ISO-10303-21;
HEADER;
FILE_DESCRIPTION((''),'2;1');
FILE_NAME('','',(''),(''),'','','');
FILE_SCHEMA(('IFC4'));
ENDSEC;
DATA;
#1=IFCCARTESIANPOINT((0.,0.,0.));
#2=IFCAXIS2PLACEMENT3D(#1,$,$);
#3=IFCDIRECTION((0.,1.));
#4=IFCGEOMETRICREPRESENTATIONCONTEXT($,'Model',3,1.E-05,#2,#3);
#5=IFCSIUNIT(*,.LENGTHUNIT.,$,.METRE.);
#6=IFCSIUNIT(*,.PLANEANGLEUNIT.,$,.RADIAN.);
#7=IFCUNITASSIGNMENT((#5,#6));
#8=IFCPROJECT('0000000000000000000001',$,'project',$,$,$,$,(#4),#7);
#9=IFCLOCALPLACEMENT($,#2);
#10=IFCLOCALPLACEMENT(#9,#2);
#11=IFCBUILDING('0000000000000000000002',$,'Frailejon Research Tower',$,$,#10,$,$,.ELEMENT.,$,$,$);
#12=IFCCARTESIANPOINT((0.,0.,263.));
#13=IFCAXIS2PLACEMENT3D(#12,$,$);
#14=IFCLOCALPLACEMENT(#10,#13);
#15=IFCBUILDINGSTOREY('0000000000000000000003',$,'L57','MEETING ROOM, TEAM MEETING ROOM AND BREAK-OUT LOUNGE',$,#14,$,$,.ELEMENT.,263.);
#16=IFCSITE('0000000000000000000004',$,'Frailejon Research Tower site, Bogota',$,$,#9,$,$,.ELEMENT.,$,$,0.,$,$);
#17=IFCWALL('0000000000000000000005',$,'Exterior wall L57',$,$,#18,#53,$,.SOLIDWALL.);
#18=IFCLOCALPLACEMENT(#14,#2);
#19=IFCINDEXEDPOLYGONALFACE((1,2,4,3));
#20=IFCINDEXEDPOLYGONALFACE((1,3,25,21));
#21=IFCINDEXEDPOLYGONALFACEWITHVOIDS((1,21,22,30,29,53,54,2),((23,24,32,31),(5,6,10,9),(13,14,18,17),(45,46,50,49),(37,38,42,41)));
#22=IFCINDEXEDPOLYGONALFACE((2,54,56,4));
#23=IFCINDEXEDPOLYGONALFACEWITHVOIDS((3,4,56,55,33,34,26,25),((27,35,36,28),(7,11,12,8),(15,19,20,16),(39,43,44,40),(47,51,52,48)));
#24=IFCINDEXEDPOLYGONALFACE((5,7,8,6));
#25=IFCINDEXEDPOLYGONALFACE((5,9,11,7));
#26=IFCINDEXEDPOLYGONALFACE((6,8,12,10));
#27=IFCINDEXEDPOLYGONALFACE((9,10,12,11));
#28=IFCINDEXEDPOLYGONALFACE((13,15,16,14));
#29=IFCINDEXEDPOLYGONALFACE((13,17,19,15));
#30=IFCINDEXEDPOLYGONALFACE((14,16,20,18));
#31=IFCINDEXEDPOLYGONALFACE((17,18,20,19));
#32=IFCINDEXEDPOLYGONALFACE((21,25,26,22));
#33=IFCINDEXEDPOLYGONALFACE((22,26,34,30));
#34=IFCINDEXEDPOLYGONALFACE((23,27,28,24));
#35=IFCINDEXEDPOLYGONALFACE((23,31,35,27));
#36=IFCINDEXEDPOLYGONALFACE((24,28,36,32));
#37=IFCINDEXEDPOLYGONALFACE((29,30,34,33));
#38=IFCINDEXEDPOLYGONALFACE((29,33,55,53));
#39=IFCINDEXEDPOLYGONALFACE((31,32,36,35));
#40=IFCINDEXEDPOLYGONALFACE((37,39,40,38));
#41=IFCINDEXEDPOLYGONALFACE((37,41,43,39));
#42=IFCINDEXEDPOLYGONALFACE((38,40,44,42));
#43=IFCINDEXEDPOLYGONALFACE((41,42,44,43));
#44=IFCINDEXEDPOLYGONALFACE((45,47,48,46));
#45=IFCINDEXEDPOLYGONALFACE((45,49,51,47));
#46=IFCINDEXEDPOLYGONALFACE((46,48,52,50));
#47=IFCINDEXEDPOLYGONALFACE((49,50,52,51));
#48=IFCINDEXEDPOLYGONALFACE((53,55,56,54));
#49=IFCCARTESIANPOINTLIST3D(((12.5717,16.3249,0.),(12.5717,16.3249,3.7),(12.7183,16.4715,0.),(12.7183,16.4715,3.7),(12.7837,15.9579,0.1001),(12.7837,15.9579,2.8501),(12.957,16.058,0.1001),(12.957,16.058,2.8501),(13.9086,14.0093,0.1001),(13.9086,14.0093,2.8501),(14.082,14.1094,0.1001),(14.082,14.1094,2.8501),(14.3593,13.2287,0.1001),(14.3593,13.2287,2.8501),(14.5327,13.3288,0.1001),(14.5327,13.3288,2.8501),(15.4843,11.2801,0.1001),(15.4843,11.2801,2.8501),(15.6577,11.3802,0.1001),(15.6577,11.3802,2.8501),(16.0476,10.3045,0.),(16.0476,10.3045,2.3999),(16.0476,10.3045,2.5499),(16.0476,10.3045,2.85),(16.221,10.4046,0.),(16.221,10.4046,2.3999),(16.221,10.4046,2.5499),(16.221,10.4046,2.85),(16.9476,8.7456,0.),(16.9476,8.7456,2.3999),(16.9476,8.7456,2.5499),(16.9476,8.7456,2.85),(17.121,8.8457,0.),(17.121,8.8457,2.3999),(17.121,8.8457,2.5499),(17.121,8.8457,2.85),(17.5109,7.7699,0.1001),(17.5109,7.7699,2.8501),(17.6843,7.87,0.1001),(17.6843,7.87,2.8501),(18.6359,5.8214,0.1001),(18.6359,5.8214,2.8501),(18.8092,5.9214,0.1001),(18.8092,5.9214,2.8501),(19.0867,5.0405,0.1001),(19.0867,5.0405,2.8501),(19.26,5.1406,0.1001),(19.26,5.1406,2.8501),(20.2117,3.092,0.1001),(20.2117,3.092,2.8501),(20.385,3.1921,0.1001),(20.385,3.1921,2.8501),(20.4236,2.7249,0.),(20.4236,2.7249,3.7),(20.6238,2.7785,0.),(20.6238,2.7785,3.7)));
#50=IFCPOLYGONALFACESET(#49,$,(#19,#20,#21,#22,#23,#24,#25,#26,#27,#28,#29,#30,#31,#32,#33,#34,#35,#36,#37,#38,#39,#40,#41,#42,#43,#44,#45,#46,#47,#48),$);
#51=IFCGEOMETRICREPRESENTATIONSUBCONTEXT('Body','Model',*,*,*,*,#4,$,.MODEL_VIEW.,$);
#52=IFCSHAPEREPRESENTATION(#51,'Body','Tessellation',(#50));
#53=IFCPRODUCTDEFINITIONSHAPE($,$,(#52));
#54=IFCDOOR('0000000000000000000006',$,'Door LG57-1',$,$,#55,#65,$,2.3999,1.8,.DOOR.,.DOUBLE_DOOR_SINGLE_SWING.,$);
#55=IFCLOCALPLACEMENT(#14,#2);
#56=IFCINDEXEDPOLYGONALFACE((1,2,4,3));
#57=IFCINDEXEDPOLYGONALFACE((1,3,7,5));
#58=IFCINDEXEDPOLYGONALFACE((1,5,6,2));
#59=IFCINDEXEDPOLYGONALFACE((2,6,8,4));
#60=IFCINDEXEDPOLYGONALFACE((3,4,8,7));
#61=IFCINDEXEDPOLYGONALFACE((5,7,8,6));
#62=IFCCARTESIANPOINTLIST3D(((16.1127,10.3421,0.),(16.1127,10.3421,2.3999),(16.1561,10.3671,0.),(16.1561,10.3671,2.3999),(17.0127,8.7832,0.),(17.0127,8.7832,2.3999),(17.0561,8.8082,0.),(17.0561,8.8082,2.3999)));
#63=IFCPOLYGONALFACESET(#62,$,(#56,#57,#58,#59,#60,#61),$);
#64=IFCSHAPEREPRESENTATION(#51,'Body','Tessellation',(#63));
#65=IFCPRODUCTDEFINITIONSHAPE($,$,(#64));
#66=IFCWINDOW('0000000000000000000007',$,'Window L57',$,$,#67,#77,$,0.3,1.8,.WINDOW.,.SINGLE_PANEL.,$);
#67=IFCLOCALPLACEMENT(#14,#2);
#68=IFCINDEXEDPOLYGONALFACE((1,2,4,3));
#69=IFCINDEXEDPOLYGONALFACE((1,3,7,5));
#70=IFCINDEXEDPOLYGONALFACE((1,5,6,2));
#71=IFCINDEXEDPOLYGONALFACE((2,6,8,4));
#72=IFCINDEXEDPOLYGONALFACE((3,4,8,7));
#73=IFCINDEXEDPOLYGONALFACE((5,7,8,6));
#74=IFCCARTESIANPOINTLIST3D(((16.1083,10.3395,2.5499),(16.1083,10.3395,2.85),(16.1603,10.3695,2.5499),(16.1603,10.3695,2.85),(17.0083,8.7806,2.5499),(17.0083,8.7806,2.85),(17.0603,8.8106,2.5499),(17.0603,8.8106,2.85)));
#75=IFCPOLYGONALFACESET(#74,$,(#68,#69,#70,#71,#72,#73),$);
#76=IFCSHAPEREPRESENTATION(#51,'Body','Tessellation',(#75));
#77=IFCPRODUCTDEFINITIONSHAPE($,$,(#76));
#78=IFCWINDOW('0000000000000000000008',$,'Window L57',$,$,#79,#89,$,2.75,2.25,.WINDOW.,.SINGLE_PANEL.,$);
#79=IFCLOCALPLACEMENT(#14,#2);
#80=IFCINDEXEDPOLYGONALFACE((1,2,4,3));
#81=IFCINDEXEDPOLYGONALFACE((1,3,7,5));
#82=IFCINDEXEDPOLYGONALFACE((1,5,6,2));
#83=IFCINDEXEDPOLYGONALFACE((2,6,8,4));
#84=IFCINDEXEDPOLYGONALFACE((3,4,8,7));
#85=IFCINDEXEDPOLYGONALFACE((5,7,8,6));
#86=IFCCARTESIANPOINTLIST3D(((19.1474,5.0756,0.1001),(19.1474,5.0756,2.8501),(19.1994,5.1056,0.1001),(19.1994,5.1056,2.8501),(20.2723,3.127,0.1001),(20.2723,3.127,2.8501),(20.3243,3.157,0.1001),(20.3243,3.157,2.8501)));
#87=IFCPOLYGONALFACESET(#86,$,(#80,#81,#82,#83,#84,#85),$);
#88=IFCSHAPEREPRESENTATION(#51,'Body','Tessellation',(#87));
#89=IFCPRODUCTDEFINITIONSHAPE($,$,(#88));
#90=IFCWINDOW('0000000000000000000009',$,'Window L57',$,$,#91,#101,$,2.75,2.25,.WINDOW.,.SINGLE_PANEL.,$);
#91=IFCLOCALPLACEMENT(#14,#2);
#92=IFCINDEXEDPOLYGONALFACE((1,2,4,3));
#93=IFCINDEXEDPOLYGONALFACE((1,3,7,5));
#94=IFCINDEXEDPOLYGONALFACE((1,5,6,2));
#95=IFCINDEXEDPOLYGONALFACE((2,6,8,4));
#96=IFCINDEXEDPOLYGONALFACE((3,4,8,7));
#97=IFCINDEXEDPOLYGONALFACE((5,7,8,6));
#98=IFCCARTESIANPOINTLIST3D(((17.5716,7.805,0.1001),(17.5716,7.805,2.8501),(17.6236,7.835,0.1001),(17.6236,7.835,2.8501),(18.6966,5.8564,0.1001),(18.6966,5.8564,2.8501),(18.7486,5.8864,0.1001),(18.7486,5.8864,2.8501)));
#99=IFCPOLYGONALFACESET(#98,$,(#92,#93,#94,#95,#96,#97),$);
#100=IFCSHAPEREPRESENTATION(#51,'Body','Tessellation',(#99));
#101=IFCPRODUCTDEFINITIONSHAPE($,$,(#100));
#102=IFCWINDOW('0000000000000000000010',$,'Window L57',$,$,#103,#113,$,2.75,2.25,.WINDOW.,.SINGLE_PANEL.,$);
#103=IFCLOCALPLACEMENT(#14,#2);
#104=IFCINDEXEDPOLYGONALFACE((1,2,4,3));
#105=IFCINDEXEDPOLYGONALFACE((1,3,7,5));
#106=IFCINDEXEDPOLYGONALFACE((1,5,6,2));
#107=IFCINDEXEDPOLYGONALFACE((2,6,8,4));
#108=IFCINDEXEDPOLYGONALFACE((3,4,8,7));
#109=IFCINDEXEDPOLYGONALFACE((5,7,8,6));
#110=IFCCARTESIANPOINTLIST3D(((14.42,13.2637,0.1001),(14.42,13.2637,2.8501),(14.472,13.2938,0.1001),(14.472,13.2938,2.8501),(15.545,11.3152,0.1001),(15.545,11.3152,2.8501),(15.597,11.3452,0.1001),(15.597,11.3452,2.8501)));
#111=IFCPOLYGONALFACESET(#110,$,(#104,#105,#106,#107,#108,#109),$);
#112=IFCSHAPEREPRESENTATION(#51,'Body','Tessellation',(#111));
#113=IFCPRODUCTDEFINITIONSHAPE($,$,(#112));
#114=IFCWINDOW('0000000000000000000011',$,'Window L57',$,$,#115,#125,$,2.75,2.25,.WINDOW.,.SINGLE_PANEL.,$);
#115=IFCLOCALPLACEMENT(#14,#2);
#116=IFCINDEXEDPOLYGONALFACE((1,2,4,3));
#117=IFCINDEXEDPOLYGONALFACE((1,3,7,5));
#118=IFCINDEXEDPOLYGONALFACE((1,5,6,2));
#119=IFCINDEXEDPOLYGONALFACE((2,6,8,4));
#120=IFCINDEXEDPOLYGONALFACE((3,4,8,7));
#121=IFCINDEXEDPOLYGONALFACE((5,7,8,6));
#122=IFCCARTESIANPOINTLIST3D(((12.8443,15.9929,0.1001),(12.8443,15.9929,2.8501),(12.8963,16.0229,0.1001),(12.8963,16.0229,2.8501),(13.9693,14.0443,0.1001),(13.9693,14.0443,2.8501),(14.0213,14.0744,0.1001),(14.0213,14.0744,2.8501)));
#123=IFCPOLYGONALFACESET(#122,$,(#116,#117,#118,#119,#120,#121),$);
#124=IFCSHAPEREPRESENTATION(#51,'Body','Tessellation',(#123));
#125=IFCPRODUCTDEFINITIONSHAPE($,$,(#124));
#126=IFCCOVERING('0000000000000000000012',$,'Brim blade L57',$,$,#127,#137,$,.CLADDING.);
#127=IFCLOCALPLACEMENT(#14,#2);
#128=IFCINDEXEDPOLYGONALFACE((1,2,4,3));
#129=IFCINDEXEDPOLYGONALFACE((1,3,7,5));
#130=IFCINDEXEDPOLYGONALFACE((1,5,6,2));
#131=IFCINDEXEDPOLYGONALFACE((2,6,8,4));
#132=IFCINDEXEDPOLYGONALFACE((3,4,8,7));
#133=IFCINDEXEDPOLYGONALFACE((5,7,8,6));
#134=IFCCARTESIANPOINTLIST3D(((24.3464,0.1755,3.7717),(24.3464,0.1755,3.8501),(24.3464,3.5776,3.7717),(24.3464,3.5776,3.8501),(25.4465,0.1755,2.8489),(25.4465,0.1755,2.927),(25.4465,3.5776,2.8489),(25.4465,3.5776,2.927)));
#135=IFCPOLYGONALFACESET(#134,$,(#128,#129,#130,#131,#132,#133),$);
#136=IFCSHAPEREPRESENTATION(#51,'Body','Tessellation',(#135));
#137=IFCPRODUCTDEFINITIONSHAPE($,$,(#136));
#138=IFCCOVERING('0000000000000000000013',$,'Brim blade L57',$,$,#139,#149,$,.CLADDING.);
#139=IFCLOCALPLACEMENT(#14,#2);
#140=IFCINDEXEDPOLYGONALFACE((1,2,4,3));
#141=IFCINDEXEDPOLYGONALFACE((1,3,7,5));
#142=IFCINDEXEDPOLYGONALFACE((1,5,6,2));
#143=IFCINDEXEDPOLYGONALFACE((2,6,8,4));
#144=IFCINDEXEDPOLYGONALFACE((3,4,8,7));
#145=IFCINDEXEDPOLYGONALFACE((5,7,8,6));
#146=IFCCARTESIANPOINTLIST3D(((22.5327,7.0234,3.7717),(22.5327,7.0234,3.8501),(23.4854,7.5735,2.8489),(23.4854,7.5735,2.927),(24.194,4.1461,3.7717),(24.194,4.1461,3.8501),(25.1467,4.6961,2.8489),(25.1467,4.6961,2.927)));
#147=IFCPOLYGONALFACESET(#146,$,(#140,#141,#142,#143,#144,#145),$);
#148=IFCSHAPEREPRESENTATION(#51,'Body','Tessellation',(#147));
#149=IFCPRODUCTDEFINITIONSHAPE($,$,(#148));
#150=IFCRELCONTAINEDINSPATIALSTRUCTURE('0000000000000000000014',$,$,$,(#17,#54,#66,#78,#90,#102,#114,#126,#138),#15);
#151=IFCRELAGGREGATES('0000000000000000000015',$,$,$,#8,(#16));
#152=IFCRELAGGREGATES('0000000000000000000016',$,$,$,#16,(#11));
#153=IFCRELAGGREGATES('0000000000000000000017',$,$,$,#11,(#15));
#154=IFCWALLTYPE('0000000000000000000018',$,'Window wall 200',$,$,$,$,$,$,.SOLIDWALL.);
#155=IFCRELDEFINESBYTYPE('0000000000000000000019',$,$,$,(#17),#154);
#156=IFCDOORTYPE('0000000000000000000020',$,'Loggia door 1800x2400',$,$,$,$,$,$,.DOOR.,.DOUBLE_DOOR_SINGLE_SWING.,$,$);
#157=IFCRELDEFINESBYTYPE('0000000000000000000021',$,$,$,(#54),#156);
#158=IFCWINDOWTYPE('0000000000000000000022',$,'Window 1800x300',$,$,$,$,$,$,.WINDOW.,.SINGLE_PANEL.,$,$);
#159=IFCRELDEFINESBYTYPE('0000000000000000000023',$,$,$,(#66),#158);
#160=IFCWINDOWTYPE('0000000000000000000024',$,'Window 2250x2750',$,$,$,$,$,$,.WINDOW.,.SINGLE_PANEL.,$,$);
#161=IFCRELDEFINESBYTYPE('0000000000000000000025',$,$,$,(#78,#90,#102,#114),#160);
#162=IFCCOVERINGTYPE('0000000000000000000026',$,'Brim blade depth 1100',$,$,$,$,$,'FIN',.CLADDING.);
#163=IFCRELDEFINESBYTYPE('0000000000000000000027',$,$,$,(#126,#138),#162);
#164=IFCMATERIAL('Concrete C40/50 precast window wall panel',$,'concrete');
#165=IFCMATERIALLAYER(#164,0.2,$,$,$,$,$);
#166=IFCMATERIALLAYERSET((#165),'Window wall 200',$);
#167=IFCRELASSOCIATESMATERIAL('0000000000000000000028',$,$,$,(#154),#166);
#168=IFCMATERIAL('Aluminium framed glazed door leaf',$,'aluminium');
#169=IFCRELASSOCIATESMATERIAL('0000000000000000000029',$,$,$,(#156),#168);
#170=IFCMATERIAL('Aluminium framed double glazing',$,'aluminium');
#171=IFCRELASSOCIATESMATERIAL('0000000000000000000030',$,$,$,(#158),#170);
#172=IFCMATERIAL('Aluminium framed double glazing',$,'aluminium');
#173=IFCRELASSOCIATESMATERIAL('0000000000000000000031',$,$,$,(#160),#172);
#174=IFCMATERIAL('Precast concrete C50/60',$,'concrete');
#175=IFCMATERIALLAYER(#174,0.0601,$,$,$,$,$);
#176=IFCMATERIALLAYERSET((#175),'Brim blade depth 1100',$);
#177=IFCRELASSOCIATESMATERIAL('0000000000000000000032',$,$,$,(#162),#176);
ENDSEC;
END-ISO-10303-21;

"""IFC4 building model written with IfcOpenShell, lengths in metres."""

from ifc_helpers import new_model, si_unit, direction, frame, frame_2d, origin, place, context, subcontext, project, spatial, polyline, rectangle, outline, extrude, material, layer, layer_set, type_object, element, fill, save


model = new_model("IFC4")

# Units and contexts
model_context = context("Model", 3, precision=1e-05, world=origin(), true_north=direction((0.0, 1.0)))
body_context = subcontext(model_context, "Body", "Model", "MODEL_VIEW")
ifc_project = project(units=[si_unit("LENGTHUNIT", "METRE"), si_unit("PLANEANGLEUNIT", "RADIAN")], contexts=[model_context])

# Site, building, storey
site_placement = place(None, origin())
site = spatial("IfcSite", under=ifc_project, at=site_placement, Name="Frailejon Research Tower site, Bogota", CompositionType="ELEMENT", RefElevation=0.0)
building_placement = place(site_placement, origin())
building = spatial("IfcBuilding", under=site, at=building_placement, Name="Frailejon Research Tower", CompositionType="ELEMENT")
storey_placement = place(building_placement, frame((0.0, 0.0, 263.0)))
storey = spatial("IfcBuildingStorey", under=building, at=storey_placement, Name="L57", Description="MEETING ROOM, TEAM MEETING ROOM AND BREAK-OUT LOUNGE", CompositionType="ELEMENT", Elevation=263.0)

# Wall, openings, door, windows
ifc_material_1 = material(Name="Concrete C40/50 precast window wall panel", Category="concrete")
ifc_layer_1 = layer(ifc_material_1, 0.2)
ifc_layer_set_1 = layer_set([ifc_layer_1], Name="Window wall 200")
wall_type = type_object("IfcWallType", Name="Window wall 200", PredefinedType="SOLIDWALL", material=ifc_layer_set_1)
wall_placement = place(storey_placement, frame((20.5237, 2.7517, 0.0), z_axis=(0.0, 0.0, 1.0), x_axis=(-0.499993, 0.866029, 0.0)))
wall = element("IfcWall", 1, at=wall_placement, inside=storey, type_object=wall_type, Name="Exterior wall L57", PredefinedType="SOLIDWALL", context=body_context, shape_type="SweptSolid", body=[
    extrude(outline(polyline([(-0.0269, -0.1001), (1.0273, -0.1001), (2.0813, -0.1001), (3.1355, -0.1001), (4.1895, -0.1001), (5.2437, -0.1001), (6.2976, -0.1001), (7.3518, -0.1001), (8.4058, -0.1001), (9.46, -0.1001), (10.5139, -0.1001), (11.5681, -0.1001), (12.6221, -0.1001), (13.6763, -0.1001), (14.7302, -0.1001), (15.7844, -0.1001), (15.7307, 0.1001), (14.6838, 0.1001), (13.637, 0.1001), (12.5898, 0.1001), (11.543, 0.1001), (10.4961, 0.1001), (9.4492, 0.1001), (8.4023, 0.1001), (7.3552, 0.1001), (6.3083, 0.1001), (5.2615, 0.1001), (4.2146, 0.1001), (3.1677, 0.1001), (2.1206, 0.1001), (1.0737, 0.1001), (0.0269, 0.1001), (-0.0269, -0.1001)])), origin(), (0.0, 0.0, 1.0), 3.7),
])
opening_1_placement = place(wall_placement, frame((0.4507, 0.0, 0.1001)))
opening_1 = element("IfcOpeningElement", 2, at=opening_1_placement, cuts=wall, PredefinedType="OPENING", context=body_context, shape_type="SweptSolid", body=[
    extrude(rectangle(XDim=2.25, YDim=2.75, at=frame_2d((1.125, 1.375))), frame((0.0, 0.1099, 0.0), z_axis=(0.0, -1.0, 0.0), x_axis=(1.0, 0.0, 0.0)), (0.0, 0.0, 1.0), 0.22),
])
opening_2_placement = place(wall_placement, frame((3.6023, 0.0, 0.1001)))
opening_2 = element("IfcOpeningElement", 3, at=opening_2_placement, cuts=wall, PredefinedType="OPENING", context=body_context, shape_type="SweptSolid", body=[
    extrude(rectangle(XDim=2.25, YDim=2.75, at=frame_2d((1.125, 1.375))), frame((0.0, 0.1099, 0.0), z_axis=(0.0, -1.0, 0.0), x_axis=(1.0, 0.0, 0.0)), (0.0, 0.0, 1.0), 0.22),
])
opening_3_placement = place(wall_placement, frame((6.979, 0.0, 0.0)))
opening_3 = element("IfcOpeningElement", 4, at=opening_3_placement, cuts=wall, PredefinedType="OPENING", context=body_context, shape_type="SweptSolid", body=[
    extrude(rectangle(XDim=1.8, YDim=2.3999, at=frame_2d((0.8999, 1.2))), frame((0.0, 0.1099, 0.0), z_axis=(0.0, -1.0, 0.0), x_axis=(1.0, 0.0, 0.0)), (0.0, 0.0, 1.0), 0.22),
])
opening_4_placement = place(wall_placement, frame((6.979, 0.0, 2.55)))
opening_4 = element("IfcOpeningElement", 5, at=opening_4_placement, cuts=wall, PredefinedType="OPENING", context=body_context, shape_type="SweptSolid", body=[
    extrude(rectangle(XDim=1.8, YDim=0.3, at=frame_2d((0.8999, 0.1499))), frame((0.0, 0.1099, 0.0), z_axis=(0.0, -1.0, 0.0), x_axis=(1.0, 0.0, 0.0)), (0.0, 0.0, 1.0), 0.22),
])
opening_5_placement = place(wall_placement, frame((9.9055, 0.0, 0.1001)))
opening_5 = element("IfcOpeningElement", 6, at=opening_5_placement, cuts=wall, PredefinedType="OPENING", context=body_context, shape_type="SweptSolid", body=[
    extrude(rectangle(XDim=2.25, YDim=2.75, at=frame_2d((1.125, 1.375))), frame((0.0, 0.1099, 0.0), z_axis=(0.0, -1.0, 0.0), x_axis=(1.0, 0.0, 0.0)), (0.0, 0.0, 1.0), 0.22),
])
opening_6_placement = place(wall_placement, frame((13.0569, 0.0, 0.1001)))
opening_6 = element("IfcOpeningElement", 7, at=opening_6_placement, cuts=wall, PredefinedType="OPENING", context=body_context, shape_type="SweptSolid", body=[
    extrude(rectangle(XDim=2.25, YDim=2.75, at=frame_2d((1.125, 1.375))), frame((0.0, 0.1099, 0.0), z_axis=(0.0, -1.0, 0.0), x_axis=(1.0, 0.0, 0.0)), (0.0, 0.0, 1.0), 0.22),
])
ifc_material_2 = material(Name="Aluminium framed glazed door leaf", Category="aluminium")
door_type = type_object("IfcDoorType", Name="Loggia door 1800x2400", OperationType="DOUBLE_DOOR_SINGLE_SWING", PredefinedType="DOOR", material=ifc_material_2)
door_placement = place(opening_3_placement, origin())
door = element("IfcDoor", 8, at=door_placement, inside=storey, type_object=door_type, Name="Door LG57-1", OperationType="DOUBLE_DOOR_SINGLE_SWING", OverallHeight=2.3999, OverallWidth=1.8, PredefinedType="DOOR", context=body_context, shape_type="SweptSolid", body=[
    extrude(rectangle(XDim=1.8, YDim=2.3999, at=frame_2d((0.8999, 1.2))), frame((0.0, 0.0249, 0.0), z_axis=(0.0, -1.0, 0.0), x_axis=(1.0, 0.0, 0.0)), (0.0, 0.0, 1.0), 0.05),
])
fill(opening_3, door)
ifc_material_3 = material(Name="Aluminium framed double glazing", Category="aluminium")
window_type_1 = type_object("IfcWindowType", Name="Window 1800x300", PartitioningType="SINGLE_PANEL", PredefinedType="WINDOW", material=ifc_material_3)
window_1_placement = place(opening_4_placement, origin())
window_1 = element("IfcWindow", 9, at=window_1_placement, inside=storey, type_object=window_type_1, Name="Window L57", OverallHeight=0.3, OverallWidth=1.8, PartitioningType="SINGLE_PANEL", PredefinedType="WINDOW", context=body_context, shape_type="SweptSolid", body=[
    extrude(rectangle(XDim=1.8, YDim=0.3, at=frame_2d((0.8999, 0.1499))), frame((0.0, 0.03, 0.0), z_axis=(0.0, -1.0, 0.0), x_axis=(1.0, 0.0, 0.0)), (0.0, 0.0, 1.0), 0.0601),
])
fill(opening_4, window_1)
ifc_material_4 = material(Name="Aluminium framed double glazing", Category="aluminium")
window_type_2 = type_object("IfcWindowType", Name="Window 2250x2750", PartitioningType="SINGLE_PANEL", PredefinedType="WINDOW", material=ifc_material_4)
window_2_placement = place(opening_1_placement, origin())
window_2 = element("IfcWindow", 10, at=window_2_placement, inside=storey, type_object=window_type_2, Name="Window L57", OverallHeight=2.75, OverallWidth=2.25, PartitioningType="SINGLE_PANEL", PredefinedType="WINDOW", context=body_context, shape_type="SweptSolid", body=[
    extrude(rectangle(XDim=2.25, YDim=2.75, at=frame_2d((1.125, 1.375))), frame((0.0, 0.03, 0.0), z_axis=(0.0, -1.0, 0.0), x_axis=(1.0, 0.0, 0.0)), (0.0, 0.0, 1.0), 0.0601),
])
fill(opening_1, window_2)
window_3_placement = place(opening_2_placement, origin())
window_3 = element("IfcWindow", 11, at=window_3_placement, inside=storey, type_object=window_type_2, Name="Window L57", OverallHeight=2.75, OverallWidth=2.25, PartitioningType="SINGLE_PANEL", PredefinedType="WINDOW", context=body_context, shape_type="SweptSolid", body=[
    extrude(rectangle(XDim=2.25, YDim=2.75, at=frame_2d((1.125, 1.375))), frame((0.0, 0.03, 0.0), z_axis=(0.0, -1.0, 0.0), x_axis=(1.0, 0.0, 0.0)), (0.0, 0.0, 1.0), 0.0601),
])
fill(opening_2, window_3)
window_4_placement = place(opening_5_placement, origin())
window_4 = element("IfcWindow", 12, at=window_4_placement, inside=storey, type_object=window_type_2, Name="Window L57", OverallHeight=2.75, OverallWidth=2.25, PartitioningType="SINGLE_PANEL", PredefinedType="WINDOW", context=body_context, shape_type="SweptSolid", body=[
    extrude(rectangle(XDim=2.25, YDim=2.75, at=frame_2d((1.125, 1.375))), frame((0.0, 0.03, 0.0), z_axis=(0.0, -1.0, 0.0), x_axis=(1.0, 0.0, 0.0)), (0.0, 0.0, 1.0), 0.0601),
])
fill(opening_5, window_4)
window_5_placement = place(opening_6_placement, origin())
window_5 = element("IfcWindow", 13, at=window_5_placement, inside=storey, type_object=window_type_2, Name="Window L57", OverallHeight=2.75, OverallWidth=2.25, PartitioningType="SINGLE_PANEL", PredefinedType="WINDOW", context=body_context, shape_type="SweptSolid", body=[
    extrude(rectangle(XDim=2.25, YDim=2.75, at=frame_2d((1.125, 1.375))), frame((0.0, 0.03, 0.0), z_axis=(0.0, -1.0, 0.0), x_axis=(1.0, 0.0, 0.0)), (0.0, 0.0, 1.0), 0.0601),
])
fill(opening_6, window_5)

# Coverings
ifc_material_5 = material(Name="Precast concrete C50/60", Category="concrete")
ifc_layer_2 = layer(ifc_material_5, 0.0601)
ifc_layer_set_2 = layer_set([ifc_layer_2], Name="Brim blade depth 1100")
covering_type_1 = type_object("IfcCoveringType", Name="Brim blade depth 1100", ElementType="FIN", PredefinedType="CLADDING", material=ifc_layer_set_2)
covering_1_placement = place(storey_placement, frame((24.3464, 3.5776, 3.8501), z_axis=(0.0, -1.0, 0.0), x_axis=(1.0, 0.0, 0.0)))
element("IfcCovering", 14, at=covering_1_placement, inside=storey, type_object=covering_type_1, Name="Brim blade L57", PredefinedType="CLADDING", context=body_context, shape_type="SweptSolid", body=[
    extrude(outline(polyline([(0.0, -0.0784), (1.1001, -1.0012), (1.1001, -0.9231), (0.0, 0.0), (0.0, -0.0784)])), origin(), (0.0, 0.0, 1.0), 3.4021),
])
covering_2_placement = place(storey_placement, frame((22.5327, 7.0234, 3.8501), z_axis=(0.500007, -0.866021, 0.0), x_axis=(0.866021, 0.500007, 0.0)))
element("IfcCovering", 15, at=covering_2_placement, inside=storey, type_object=covering_type_1, Name="Brim blade L57", PredefinedType="CLADDING", context=body_context, shape_type="SweptSolid", body=[
    extrude(outline(polyline([(0.0, -0.0784), (1.1001, -1.0012), (1.1001, -0.9231), (0.0, 0.0), (0.0, -0.0784)])), origin(), (0.0, 0.0, 1.0), 3.3225),
])

save(model, "model.ifc")
